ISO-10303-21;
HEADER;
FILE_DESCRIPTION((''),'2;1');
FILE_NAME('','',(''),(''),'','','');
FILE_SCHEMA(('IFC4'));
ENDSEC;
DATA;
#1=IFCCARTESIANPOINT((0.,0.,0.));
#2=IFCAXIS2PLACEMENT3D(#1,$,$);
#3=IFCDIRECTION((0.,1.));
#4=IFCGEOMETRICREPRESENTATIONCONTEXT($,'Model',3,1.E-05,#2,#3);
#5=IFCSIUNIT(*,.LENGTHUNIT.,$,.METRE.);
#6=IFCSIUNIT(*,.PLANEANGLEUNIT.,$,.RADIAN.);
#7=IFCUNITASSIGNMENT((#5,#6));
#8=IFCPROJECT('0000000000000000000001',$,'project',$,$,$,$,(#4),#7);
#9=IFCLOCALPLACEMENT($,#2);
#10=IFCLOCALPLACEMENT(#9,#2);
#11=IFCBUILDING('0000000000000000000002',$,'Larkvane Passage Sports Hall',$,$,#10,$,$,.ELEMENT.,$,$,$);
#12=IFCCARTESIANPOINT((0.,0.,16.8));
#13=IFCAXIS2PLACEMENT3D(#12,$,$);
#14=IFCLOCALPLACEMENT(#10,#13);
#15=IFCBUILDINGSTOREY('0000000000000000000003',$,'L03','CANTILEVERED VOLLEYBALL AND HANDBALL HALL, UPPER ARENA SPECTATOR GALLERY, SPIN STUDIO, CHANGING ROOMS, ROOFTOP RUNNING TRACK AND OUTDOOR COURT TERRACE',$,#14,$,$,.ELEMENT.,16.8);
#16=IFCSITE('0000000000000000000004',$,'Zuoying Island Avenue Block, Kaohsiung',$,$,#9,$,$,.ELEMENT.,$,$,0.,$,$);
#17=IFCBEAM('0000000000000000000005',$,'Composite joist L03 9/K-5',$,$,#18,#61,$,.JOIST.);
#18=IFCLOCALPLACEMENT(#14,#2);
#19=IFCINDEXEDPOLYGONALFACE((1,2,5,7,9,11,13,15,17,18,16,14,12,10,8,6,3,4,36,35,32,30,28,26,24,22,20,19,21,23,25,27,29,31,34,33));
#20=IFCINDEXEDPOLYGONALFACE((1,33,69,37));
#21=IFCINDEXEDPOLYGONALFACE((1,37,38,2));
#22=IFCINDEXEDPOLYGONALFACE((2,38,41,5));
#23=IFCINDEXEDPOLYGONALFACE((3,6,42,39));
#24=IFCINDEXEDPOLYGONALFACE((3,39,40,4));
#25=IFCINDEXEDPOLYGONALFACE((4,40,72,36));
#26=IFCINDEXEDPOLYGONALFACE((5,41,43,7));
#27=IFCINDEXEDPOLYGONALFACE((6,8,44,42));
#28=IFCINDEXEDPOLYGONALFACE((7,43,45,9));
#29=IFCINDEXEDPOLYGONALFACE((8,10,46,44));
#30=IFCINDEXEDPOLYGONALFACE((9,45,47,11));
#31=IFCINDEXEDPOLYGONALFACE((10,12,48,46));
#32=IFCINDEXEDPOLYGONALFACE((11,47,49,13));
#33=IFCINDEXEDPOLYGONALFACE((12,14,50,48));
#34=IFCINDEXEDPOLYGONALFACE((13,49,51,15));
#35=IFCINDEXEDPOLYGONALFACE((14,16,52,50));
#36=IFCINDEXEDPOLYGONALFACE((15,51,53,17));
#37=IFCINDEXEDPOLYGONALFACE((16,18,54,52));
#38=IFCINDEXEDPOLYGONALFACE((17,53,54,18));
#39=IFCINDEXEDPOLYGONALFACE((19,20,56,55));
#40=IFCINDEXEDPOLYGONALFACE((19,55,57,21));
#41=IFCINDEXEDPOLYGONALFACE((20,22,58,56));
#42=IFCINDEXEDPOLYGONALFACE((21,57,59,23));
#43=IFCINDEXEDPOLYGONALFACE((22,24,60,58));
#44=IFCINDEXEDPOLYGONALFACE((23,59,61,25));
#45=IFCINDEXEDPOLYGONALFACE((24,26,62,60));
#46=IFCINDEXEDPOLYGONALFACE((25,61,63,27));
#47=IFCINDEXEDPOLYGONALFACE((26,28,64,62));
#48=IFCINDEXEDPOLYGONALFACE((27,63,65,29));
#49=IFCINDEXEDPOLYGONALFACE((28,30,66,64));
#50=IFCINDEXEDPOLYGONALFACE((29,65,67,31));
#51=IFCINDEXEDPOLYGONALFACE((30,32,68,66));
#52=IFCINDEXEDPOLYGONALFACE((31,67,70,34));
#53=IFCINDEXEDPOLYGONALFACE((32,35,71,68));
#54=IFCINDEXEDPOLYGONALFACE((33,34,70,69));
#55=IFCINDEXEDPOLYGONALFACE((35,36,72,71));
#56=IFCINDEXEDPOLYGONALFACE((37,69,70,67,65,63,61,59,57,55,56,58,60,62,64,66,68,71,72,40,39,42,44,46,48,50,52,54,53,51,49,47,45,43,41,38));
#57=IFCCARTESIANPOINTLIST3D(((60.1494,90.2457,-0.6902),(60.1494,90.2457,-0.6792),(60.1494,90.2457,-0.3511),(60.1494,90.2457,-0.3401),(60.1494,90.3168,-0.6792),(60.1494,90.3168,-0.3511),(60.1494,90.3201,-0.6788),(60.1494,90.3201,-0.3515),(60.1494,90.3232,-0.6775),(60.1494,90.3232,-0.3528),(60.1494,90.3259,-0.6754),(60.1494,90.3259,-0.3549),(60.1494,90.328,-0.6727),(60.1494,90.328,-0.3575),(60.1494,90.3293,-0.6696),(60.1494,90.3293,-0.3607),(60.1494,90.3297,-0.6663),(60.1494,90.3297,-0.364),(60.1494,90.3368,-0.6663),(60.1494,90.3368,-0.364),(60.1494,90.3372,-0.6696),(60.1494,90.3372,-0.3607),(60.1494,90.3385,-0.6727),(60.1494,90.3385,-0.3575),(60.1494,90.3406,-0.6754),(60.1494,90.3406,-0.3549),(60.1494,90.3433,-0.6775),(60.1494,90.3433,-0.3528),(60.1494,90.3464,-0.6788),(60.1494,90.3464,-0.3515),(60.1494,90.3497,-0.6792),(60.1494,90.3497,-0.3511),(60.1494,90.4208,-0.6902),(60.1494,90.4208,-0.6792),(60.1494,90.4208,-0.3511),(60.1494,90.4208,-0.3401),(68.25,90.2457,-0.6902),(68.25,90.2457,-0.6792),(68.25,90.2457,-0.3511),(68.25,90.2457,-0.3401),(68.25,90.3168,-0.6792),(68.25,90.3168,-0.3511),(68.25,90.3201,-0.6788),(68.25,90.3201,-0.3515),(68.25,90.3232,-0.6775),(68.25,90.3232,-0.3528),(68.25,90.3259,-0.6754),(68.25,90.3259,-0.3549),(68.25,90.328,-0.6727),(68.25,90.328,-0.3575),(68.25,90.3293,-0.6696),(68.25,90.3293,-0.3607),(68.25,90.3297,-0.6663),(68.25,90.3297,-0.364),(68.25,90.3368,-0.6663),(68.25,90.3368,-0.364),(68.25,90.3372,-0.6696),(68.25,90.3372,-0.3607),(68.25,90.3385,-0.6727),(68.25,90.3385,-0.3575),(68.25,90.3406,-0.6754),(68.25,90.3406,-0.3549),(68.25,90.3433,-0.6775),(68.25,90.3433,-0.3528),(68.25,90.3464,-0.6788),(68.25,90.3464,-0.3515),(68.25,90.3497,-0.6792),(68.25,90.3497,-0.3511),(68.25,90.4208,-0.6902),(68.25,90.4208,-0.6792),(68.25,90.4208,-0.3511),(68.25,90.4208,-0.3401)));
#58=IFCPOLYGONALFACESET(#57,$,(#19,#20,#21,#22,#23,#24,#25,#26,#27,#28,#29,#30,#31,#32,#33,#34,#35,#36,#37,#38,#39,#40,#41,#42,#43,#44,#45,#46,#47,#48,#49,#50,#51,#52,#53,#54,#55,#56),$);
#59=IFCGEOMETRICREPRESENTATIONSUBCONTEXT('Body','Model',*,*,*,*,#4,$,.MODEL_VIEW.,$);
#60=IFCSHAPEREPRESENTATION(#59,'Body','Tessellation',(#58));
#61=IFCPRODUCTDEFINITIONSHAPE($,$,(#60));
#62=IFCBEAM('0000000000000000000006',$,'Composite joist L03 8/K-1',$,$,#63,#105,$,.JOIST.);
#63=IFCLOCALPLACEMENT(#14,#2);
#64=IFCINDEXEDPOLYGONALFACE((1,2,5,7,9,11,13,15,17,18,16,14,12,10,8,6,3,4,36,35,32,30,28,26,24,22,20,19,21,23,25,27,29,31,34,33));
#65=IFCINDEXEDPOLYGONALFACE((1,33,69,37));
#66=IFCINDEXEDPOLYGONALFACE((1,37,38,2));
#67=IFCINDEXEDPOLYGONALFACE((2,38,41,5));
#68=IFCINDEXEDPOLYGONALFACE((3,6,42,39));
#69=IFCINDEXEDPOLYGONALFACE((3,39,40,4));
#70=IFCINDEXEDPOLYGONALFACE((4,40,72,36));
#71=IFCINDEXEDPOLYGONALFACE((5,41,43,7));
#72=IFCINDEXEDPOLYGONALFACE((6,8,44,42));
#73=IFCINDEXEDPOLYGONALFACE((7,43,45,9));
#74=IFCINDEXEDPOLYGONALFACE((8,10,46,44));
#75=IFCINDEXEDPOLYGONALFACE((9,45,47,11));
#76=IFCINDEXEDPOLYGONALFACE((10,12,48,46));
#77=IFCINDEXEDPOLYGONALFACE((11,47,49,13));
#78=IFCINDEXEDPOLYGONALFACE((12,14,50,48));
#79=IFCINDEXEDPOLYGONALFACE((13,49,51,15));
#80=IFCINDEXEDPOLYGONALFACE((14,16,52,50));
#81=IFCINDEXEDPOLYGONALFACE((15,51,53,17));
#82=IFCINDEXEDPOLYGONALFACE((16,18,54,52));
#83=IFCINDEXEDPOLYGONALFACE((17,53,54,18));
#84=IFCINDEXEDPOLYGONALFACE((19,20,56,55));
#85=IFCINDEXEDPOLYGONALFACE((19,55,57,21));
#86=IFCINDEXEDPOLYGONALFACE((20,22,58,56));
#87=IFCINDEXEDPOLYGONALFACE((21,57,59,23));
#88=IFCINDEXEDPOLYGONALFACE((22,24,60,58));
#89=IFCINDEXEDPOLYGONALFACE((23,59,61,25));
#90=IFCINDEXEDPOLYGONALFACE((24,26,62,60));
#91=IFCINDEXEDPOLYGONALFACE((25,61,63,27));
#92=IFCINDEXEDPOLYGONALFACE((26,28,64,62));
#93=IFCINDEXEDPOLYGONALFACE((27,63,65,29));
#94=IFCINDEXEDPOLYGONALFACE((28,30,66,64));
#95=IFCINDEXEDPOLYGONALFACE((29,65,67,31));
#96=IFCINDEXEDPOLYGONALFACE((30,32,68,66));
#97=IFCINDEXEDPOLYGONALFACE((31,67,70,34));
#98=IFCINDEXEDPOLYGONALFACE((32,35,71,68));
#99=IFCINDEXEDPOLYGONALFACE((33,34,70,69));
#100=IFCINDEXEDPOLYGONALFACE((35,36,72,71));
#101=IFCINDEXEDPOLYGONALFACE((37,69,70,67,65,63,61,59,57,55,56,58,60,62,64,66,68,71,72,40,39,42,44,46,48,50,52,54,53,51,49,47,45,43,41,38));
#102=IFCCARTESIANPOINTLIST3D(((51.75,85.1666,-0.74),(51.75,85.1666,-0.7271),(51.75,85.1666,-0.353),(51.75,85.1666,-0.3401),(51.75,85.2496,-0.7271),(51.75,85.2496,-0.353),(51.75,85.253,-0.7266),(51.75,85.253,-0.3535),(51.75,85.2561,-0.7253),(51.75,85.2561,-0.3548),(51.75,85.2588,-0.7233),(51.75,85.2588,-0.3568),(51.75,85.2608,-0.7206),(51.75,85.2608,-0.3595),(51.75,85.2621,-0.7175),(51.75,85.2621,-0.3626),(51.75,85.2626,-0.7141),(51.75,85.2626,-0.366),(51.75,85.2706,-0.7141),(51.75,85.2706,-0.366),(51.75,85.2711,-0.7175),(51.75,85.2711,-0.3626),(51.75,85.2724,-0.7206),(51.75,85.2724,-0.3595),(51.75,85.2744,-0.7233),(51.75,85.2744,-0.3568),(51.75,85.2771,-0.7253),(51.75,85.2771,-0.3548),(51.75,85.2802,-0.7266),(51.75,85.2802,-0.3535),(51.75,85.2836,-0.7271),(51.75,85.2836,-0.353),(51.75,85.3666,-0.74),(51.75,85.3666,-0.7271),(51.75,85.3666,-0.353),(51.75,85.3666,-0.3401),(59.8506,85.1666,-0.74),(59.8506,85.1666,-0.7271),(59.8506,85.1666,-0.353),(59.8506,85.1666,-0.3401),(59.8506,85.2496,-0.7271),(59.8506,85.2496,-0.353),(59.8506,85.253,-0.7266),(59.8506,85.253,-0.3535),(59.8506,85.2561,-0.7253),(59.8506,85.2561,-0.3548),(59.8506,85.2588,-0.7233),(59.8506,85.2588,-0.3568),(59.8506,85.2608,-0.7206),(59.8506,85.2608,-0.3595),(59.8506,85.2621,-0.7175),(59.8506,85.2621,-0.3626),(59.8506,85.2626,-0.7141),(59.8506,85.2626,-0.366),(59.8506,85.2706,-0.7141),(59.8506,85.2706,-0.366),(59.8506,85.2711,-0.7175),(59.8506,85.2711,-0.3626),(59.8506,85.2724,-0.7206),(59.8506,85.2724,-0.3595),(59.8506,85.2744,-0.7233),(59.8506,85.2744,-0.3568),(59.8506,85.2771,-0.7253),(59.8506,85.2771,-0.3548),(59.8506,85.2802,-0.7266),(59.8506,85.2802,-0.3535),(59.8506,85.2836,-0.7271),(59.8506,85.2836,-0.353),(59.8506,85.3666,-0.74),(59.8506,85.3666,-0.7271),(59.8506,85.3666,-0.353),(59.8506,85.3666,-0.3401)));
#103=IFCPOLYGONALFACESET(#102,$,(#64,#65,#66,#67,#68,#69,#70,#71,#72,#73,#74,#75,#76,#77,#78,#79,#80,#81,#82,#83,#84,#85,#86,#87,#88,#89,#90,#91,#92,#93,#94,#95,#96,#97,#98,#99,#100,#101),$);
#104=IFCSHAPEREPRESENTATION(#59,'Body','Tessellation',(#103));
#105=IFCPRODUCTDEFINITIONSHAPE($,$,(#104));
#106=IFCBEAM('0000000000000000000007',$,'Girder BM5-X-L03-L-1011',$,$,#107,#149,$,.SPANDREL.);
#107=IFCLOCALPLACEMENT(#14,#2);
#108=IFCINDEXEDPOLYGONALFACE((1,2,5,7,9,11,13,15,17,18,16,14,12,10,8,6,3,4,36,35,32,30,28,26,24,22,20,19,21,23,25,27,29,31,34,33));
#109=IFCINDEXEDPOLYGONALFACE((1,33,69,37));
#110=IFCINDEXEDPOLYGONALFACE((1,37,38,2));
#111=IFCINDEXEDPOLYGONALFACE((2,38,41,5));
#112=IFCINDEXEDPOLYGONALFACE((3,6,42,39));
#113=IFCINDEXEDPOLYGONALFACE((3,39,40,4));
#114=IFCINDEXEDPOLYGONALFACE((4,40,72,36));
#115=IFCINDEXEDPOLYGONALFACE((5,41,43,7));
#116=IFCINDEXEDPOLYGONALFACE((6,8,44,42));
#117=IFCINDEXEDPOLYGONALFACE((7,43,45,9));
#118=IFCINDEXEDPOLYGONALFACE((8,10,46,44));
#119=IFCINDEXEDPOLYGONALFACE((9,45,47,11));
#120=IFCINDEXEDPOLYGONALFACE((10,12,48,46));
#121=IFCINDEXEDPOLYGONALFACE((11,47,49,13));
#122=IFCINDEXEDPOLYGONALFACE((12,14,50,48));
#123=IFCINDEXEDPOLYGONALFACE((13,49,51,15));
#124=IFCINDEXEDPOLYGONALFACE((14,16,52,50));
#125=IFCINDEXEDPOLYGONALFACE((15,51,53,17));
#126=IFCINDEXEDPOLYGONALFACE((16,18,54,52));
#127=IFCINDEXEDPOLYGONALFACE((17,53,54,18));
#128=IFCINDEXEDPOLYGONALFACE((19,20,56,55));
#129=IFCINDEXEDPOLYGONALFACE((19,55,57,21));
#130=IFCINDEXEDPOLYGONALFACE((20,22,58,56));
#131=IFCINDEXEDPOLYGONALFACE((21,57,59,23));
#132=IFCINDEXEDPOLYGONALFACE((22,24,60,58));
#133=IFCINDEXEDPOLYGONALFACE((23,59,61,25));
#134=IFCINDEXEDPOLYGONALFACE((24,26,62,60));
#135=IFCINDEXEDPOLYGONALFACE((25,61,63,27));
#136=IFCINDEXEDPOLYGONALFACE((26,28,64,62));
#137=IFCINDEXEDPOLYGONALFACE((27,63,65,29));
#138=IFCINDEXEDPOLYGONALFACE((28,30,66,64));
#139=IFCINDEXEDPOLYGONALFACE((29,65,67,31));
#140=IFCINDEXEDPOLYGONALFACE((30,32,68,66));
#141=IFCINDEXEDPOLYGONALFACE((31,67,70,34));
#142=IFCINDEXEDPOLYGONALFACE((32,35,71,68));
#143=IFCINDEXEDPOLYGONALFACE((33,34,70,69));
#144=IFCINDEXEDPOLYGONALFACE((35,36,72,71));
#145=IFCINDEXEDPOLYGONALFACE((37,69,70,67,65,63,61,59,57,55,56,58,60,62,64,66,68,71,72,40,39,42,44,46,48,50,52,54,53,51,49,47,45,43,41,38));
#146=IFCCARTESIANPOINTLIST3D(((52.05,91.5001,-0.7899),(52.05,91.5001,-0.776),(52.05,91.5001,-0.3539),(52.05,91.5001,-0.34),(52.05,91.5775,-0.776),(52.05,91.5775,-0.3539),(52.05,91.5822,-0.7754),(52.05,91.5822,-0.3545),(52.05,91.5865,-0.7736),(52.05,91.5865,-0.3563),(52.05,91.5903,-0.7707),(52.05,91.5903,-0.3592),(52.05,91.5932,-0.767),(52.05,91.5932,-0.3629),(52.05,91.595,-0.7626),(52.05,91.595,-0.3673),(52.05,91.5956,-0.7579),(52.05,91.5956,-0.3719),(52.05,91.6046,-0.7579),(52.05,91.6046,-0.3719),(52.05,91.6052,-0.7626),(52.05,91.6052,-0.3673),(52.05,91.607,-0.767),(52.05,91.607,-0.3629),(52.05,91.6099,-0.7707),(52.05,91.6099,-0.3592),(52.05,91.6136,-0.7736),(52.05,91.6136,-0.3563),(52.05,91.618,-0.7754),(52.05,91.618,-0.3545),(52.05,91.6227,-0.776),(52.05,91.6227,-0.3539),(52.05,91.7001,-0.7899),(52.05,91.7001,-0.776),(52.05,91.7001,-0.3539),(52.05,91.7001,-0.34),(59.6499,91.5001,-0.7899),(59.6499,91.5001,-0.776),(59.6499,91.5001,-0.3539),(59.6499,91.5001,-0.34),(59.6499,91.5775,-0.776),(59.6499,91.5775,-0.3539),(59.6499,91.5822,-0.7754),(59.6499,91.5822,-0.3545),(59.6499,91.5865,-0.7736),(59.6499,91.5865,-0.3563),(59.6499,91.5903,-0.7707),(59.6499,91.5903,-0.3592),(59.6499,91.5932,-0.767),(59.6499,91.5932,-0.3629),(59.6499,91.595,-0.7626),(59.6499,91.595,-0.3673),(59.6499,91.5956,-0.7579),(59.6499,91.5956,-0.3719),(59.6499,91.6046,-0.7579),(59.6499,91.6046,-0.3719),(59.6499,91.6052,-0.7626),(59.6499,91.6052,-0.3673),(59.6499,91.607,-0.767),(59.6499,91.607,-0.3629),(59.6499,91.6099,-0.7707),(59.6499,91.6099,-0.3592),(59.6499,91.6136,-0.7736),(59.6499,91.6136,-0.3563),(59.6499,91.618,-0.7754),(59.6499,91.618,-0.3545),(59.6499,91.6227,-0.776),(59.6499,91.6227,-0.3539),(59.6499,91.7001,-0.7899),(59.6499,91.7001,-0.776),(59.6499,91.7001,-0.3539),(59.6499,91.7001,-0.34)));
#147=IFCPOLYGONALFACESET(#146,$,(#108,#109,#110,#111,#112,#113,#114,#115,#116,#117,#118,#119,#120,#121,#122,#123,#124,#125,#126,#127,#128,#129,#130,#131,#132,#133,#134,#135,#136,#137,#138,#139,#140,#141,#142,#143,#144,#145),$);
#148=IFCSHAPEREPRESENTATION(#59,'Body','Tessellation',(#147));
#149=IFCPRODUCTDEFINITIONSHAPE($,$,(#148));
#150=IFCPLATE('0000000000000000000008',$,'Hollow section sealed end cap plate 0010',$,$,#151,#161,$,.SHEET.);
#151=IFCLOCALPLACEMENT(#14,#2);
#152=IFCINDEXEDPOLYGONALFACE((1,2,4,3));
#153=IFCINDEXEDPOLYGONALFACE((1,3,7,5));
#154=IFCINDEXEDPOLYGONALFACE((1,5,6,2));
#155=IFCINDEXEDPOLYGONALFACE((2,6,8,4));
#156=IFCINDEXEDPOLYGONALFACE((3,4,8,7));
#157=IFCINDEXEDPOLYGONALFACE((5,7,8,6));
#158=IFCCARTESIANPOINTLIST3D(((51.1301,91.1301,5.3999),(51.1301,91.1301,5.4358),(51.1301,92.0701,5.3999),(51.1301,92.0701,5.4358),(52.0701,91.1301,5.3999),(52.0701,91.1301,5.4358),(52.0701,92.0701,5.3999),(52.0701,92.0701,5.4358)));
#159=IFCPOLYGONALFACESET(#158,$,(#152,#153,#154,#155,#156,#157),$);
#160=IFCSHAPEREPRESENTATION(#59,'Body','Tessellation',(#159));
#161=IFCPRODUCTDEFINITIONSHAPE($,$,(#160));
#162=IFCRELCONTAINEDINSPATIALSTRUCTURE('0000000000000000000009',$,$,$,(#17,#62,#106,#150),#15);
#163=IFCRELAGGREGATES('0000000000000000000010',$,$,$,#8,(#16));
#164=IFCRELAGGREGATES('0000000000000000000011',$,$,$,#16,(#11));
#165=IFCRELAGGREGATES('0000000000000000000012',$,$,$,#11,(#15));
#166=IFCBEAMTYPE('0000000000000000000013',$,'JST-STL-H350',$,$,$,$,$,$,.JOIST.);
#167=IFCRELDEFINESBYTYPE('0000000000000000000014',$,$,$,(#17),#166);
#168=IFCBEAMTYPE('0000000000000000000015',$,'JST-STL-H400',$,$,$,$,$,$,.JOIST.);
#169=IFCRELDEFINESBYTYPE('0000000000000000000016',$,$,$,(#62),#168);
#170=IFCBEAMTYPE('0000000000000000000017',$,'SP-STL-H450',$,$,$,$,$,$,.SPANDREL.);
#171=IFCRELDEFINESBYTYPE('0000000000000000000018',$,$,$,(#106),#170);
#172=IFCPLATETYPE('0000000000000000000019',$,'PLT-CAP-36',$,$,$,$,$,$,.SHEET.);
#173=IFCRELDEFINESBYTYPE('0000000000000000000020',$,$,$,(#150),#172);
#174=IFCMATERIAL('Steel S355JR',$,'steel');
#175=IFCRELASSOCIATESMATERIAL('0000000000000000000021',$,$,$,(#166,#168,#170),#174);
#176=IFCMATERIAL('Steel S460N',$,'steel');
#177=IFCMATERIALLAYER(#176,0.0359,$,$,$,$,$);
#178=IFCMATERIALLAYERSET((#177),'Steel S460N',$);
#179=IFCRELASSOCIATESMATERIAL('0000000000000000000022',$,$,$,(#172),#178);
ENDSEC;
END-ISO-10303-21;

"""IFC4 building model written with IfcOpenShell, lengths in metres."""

from ifc_helpers import new_model, si_unit, direction, frame, origin, origin_2d, place, context, subcontext, project, spatial, rectangle, i_section, extrude, material, layer, layer_set, material_profile, profile_set, type_object, element, save


model = new_model("IFC4")

# Units and contexts
model_context = context("Model", 3, precision=1e-05, world=origin(), true_north=direction((0.0, 1.0)))
body_context = subcontext(model_context, "Body", "Model", "MODEL_VIEW")
ifc_project = project(units=[si_unit("LENGTHUNIT", "METRE"), si_unit("PLANEANGLEUNIT", "RADIAN")], contexts=[model_context])

# Site, building, storey
site_placement = place(None, origin())
site = spatial("IfcSite", under=ifc_project, at=site_placement, Name="Zuoying Island Avenue Block, Kaohsiung", CompositionType="ELEMENT", RefElevation=0.0)
building_placement = place(site_placement, origin())
building = spatial("IfcBuilding", under=site, at=building_placement, Name="Larkvane Passage Sports Hall", CompositionType="ELEMENT")
storey_placement = place(building_placement, frame((0.0, 0.0, 16.8)))
storey = spatial("IfcBuildingStorey", under=building, at=storey_placement, Name="L03", Description="CANTILEVERED VOLLEYBALL AND HANDBALL HALL, UPPER ARENA SPECTATOR GALLERY, SPIN STUDIO, CHANGING ROOMS, ROOFTOP RUNNING TRACK AND OUTDOOR COURT TERRACE", CompositionType="ELEMENT", Elevation=16.8)

# Shared definitions
ifc_material_1 = material(Name="Steel S460N", Category="steel")
ifc_material_2 = material(Name="Steel S355JR", Category="steel")

# Beams
ifc_material_profile_1 = material_profile(ifc_material_2, i_section(OverallWidth=0.175, OverallDepth=0.3501, WebThickness=0.0071, FlangeThickness=0.011, FilletRadius=0.0129, at=origin_2d()), Name="H-350x175x7x11")
ifc_profile_set_1 = profile_set([ifc_material_profile_1], Name="Steel S355JR")
beam_type_1 = type_object("IfcBeamType", Name="JST-STL-H350", PredefinedType="JOIST", material=ifc_profile_set_1)
beam_1_placement = place(storey_placement, frame((60.1494, 90.3333, -0.5151), z_axis=(1.0, 0.0, 0.0), x_axis=(0.0, 1.0, 0.0)))
element("IfcBeam", 1, at=beam_1_placement, inside=storey, type_object=beam_type_1, Name="Composite joist L03 9/K-5", PredefinedType="JOIST", context=body_context, shape_type="SweptSolid", body=[
    extrude(i_section(OverallWidth=0.175, OverallDepth=0.3501, WebThickness=0.0071, FlangeThickness=0.011, FilletRadius=0.0129, at=origin_2d()), origin(), (0.0, 0.0, 1.0), 8.1006),
])
ifc_material_profile_2 = material_profile(ifc_material_2, i_section(OverallWidth=0.2, OverallDepth=0.3999, WebThickness=0.0081, FlangeThickness=0.0129, FilletRadius=0.0129, at=origin_2d()), Name="H-400x200x8x13")
ifc_profile_set_2 = profile_set([ifc_material_profile_2], Name="Steel S355JR")
beam_type_2 = type_object("IfcBeamType", Name="JST-STL-H400", PredefinedType="JOIST", material=ifc_profile_set_2)
beam_2_placement = place(storey_placement, frame((51.75, 85.2666, -0.54), z_axis=(1.0, 0.0, 0.0), x_axis=(0.0, 1.0, 0.0)))
element("IfcBeam", 2, at=beam_2_placement, inside=storey, type_object=beam_type_2, Name="Composite joist L03 8/K-1", PredefinedType="JOIST", context=body_context, shape_type="SweptSolid", body=[
    extrude(i_section(OverallWidth=0.2, OverallDepth=0.3999, WebThickness=0.0081, FlangeThickness=0.0129, FilletRadius=0.0129, at=origin_2d()), origin(), (0.0, 0.0, 1.0), 8.1006),
])
ifc_material_profile_3 = material_profile(ifc_material_2, i_section(OverallWidth=0.2, OverallDepth=0.45, WebThickness=0.009, FlangeThickness=0.0139, FilletRadius=0.0181, at=origin_2d()), Name="H-450x200x9x14")
ifc_profile_set_3 = profile_set([ifc_material_profile_3], Name="Steel S355JR")
beam_type_3 = type_object("IfcBeamType", Name="SP-STL-H450", PredefinedType="SPANDREL", material=ifc_profile_set_3)
beam_3_placement = place(storey_placement, frame((52.05, 91.6001, -0.5649), z_axis=(1.0, 0.0, 0.0), x_axis=(0.0, 1.0, 0.0)))
element("IfcBeam", 3, at=beam_3_placement, inside=storey, type_object=beam_type_3, Name="Girder BM5-X-L03-L-1011", PredefinedType="SPANDREL", context=body_context, shape_type="SweptSolid", body=[
    extrude(i_section(OverallWidth=0.2, OverallDepth=0.45, WebThickness=0.009, FlangeThickness=0.0139, FilletRadius=0.0181, at=origin_2d()), origin(), (0.0, 0.0, 1.0), 7.5999),
])

# Plate
ifc_layer_1 = layer(ifc_material_1, 0.0359)
ifc_layer_set_1 = layer_set([ifc_layer_1], Name="Steel S460N")
plate_type = type_object("IfcPlateType", Name="PLT-CAP-36", PredefinedType="SHEET", material=ifc_layer_set_1)
plate_placement = place(storey_placement, frame((51.6001, 91.6001, 5.3999), z_axis=(0.0, 0.0, 1.0), x_axis=(1.0, 0.0, 0.0)))
element("IfcPlate", 4, at=plate_placement, inside=storey, type_object=plate_type, Name="Hollow section sealed end cap plate 0010", PredefinedType="SHEET", context=body_context, shape_type="SweptSolid", body=[
    extrude(rectangle(XDim=0.9399, YDim=0.9399, at=origin_2d()), origin(), (0.0, 0.0, 1.0), 0.0359),
])

save(model, "model.ifc")
